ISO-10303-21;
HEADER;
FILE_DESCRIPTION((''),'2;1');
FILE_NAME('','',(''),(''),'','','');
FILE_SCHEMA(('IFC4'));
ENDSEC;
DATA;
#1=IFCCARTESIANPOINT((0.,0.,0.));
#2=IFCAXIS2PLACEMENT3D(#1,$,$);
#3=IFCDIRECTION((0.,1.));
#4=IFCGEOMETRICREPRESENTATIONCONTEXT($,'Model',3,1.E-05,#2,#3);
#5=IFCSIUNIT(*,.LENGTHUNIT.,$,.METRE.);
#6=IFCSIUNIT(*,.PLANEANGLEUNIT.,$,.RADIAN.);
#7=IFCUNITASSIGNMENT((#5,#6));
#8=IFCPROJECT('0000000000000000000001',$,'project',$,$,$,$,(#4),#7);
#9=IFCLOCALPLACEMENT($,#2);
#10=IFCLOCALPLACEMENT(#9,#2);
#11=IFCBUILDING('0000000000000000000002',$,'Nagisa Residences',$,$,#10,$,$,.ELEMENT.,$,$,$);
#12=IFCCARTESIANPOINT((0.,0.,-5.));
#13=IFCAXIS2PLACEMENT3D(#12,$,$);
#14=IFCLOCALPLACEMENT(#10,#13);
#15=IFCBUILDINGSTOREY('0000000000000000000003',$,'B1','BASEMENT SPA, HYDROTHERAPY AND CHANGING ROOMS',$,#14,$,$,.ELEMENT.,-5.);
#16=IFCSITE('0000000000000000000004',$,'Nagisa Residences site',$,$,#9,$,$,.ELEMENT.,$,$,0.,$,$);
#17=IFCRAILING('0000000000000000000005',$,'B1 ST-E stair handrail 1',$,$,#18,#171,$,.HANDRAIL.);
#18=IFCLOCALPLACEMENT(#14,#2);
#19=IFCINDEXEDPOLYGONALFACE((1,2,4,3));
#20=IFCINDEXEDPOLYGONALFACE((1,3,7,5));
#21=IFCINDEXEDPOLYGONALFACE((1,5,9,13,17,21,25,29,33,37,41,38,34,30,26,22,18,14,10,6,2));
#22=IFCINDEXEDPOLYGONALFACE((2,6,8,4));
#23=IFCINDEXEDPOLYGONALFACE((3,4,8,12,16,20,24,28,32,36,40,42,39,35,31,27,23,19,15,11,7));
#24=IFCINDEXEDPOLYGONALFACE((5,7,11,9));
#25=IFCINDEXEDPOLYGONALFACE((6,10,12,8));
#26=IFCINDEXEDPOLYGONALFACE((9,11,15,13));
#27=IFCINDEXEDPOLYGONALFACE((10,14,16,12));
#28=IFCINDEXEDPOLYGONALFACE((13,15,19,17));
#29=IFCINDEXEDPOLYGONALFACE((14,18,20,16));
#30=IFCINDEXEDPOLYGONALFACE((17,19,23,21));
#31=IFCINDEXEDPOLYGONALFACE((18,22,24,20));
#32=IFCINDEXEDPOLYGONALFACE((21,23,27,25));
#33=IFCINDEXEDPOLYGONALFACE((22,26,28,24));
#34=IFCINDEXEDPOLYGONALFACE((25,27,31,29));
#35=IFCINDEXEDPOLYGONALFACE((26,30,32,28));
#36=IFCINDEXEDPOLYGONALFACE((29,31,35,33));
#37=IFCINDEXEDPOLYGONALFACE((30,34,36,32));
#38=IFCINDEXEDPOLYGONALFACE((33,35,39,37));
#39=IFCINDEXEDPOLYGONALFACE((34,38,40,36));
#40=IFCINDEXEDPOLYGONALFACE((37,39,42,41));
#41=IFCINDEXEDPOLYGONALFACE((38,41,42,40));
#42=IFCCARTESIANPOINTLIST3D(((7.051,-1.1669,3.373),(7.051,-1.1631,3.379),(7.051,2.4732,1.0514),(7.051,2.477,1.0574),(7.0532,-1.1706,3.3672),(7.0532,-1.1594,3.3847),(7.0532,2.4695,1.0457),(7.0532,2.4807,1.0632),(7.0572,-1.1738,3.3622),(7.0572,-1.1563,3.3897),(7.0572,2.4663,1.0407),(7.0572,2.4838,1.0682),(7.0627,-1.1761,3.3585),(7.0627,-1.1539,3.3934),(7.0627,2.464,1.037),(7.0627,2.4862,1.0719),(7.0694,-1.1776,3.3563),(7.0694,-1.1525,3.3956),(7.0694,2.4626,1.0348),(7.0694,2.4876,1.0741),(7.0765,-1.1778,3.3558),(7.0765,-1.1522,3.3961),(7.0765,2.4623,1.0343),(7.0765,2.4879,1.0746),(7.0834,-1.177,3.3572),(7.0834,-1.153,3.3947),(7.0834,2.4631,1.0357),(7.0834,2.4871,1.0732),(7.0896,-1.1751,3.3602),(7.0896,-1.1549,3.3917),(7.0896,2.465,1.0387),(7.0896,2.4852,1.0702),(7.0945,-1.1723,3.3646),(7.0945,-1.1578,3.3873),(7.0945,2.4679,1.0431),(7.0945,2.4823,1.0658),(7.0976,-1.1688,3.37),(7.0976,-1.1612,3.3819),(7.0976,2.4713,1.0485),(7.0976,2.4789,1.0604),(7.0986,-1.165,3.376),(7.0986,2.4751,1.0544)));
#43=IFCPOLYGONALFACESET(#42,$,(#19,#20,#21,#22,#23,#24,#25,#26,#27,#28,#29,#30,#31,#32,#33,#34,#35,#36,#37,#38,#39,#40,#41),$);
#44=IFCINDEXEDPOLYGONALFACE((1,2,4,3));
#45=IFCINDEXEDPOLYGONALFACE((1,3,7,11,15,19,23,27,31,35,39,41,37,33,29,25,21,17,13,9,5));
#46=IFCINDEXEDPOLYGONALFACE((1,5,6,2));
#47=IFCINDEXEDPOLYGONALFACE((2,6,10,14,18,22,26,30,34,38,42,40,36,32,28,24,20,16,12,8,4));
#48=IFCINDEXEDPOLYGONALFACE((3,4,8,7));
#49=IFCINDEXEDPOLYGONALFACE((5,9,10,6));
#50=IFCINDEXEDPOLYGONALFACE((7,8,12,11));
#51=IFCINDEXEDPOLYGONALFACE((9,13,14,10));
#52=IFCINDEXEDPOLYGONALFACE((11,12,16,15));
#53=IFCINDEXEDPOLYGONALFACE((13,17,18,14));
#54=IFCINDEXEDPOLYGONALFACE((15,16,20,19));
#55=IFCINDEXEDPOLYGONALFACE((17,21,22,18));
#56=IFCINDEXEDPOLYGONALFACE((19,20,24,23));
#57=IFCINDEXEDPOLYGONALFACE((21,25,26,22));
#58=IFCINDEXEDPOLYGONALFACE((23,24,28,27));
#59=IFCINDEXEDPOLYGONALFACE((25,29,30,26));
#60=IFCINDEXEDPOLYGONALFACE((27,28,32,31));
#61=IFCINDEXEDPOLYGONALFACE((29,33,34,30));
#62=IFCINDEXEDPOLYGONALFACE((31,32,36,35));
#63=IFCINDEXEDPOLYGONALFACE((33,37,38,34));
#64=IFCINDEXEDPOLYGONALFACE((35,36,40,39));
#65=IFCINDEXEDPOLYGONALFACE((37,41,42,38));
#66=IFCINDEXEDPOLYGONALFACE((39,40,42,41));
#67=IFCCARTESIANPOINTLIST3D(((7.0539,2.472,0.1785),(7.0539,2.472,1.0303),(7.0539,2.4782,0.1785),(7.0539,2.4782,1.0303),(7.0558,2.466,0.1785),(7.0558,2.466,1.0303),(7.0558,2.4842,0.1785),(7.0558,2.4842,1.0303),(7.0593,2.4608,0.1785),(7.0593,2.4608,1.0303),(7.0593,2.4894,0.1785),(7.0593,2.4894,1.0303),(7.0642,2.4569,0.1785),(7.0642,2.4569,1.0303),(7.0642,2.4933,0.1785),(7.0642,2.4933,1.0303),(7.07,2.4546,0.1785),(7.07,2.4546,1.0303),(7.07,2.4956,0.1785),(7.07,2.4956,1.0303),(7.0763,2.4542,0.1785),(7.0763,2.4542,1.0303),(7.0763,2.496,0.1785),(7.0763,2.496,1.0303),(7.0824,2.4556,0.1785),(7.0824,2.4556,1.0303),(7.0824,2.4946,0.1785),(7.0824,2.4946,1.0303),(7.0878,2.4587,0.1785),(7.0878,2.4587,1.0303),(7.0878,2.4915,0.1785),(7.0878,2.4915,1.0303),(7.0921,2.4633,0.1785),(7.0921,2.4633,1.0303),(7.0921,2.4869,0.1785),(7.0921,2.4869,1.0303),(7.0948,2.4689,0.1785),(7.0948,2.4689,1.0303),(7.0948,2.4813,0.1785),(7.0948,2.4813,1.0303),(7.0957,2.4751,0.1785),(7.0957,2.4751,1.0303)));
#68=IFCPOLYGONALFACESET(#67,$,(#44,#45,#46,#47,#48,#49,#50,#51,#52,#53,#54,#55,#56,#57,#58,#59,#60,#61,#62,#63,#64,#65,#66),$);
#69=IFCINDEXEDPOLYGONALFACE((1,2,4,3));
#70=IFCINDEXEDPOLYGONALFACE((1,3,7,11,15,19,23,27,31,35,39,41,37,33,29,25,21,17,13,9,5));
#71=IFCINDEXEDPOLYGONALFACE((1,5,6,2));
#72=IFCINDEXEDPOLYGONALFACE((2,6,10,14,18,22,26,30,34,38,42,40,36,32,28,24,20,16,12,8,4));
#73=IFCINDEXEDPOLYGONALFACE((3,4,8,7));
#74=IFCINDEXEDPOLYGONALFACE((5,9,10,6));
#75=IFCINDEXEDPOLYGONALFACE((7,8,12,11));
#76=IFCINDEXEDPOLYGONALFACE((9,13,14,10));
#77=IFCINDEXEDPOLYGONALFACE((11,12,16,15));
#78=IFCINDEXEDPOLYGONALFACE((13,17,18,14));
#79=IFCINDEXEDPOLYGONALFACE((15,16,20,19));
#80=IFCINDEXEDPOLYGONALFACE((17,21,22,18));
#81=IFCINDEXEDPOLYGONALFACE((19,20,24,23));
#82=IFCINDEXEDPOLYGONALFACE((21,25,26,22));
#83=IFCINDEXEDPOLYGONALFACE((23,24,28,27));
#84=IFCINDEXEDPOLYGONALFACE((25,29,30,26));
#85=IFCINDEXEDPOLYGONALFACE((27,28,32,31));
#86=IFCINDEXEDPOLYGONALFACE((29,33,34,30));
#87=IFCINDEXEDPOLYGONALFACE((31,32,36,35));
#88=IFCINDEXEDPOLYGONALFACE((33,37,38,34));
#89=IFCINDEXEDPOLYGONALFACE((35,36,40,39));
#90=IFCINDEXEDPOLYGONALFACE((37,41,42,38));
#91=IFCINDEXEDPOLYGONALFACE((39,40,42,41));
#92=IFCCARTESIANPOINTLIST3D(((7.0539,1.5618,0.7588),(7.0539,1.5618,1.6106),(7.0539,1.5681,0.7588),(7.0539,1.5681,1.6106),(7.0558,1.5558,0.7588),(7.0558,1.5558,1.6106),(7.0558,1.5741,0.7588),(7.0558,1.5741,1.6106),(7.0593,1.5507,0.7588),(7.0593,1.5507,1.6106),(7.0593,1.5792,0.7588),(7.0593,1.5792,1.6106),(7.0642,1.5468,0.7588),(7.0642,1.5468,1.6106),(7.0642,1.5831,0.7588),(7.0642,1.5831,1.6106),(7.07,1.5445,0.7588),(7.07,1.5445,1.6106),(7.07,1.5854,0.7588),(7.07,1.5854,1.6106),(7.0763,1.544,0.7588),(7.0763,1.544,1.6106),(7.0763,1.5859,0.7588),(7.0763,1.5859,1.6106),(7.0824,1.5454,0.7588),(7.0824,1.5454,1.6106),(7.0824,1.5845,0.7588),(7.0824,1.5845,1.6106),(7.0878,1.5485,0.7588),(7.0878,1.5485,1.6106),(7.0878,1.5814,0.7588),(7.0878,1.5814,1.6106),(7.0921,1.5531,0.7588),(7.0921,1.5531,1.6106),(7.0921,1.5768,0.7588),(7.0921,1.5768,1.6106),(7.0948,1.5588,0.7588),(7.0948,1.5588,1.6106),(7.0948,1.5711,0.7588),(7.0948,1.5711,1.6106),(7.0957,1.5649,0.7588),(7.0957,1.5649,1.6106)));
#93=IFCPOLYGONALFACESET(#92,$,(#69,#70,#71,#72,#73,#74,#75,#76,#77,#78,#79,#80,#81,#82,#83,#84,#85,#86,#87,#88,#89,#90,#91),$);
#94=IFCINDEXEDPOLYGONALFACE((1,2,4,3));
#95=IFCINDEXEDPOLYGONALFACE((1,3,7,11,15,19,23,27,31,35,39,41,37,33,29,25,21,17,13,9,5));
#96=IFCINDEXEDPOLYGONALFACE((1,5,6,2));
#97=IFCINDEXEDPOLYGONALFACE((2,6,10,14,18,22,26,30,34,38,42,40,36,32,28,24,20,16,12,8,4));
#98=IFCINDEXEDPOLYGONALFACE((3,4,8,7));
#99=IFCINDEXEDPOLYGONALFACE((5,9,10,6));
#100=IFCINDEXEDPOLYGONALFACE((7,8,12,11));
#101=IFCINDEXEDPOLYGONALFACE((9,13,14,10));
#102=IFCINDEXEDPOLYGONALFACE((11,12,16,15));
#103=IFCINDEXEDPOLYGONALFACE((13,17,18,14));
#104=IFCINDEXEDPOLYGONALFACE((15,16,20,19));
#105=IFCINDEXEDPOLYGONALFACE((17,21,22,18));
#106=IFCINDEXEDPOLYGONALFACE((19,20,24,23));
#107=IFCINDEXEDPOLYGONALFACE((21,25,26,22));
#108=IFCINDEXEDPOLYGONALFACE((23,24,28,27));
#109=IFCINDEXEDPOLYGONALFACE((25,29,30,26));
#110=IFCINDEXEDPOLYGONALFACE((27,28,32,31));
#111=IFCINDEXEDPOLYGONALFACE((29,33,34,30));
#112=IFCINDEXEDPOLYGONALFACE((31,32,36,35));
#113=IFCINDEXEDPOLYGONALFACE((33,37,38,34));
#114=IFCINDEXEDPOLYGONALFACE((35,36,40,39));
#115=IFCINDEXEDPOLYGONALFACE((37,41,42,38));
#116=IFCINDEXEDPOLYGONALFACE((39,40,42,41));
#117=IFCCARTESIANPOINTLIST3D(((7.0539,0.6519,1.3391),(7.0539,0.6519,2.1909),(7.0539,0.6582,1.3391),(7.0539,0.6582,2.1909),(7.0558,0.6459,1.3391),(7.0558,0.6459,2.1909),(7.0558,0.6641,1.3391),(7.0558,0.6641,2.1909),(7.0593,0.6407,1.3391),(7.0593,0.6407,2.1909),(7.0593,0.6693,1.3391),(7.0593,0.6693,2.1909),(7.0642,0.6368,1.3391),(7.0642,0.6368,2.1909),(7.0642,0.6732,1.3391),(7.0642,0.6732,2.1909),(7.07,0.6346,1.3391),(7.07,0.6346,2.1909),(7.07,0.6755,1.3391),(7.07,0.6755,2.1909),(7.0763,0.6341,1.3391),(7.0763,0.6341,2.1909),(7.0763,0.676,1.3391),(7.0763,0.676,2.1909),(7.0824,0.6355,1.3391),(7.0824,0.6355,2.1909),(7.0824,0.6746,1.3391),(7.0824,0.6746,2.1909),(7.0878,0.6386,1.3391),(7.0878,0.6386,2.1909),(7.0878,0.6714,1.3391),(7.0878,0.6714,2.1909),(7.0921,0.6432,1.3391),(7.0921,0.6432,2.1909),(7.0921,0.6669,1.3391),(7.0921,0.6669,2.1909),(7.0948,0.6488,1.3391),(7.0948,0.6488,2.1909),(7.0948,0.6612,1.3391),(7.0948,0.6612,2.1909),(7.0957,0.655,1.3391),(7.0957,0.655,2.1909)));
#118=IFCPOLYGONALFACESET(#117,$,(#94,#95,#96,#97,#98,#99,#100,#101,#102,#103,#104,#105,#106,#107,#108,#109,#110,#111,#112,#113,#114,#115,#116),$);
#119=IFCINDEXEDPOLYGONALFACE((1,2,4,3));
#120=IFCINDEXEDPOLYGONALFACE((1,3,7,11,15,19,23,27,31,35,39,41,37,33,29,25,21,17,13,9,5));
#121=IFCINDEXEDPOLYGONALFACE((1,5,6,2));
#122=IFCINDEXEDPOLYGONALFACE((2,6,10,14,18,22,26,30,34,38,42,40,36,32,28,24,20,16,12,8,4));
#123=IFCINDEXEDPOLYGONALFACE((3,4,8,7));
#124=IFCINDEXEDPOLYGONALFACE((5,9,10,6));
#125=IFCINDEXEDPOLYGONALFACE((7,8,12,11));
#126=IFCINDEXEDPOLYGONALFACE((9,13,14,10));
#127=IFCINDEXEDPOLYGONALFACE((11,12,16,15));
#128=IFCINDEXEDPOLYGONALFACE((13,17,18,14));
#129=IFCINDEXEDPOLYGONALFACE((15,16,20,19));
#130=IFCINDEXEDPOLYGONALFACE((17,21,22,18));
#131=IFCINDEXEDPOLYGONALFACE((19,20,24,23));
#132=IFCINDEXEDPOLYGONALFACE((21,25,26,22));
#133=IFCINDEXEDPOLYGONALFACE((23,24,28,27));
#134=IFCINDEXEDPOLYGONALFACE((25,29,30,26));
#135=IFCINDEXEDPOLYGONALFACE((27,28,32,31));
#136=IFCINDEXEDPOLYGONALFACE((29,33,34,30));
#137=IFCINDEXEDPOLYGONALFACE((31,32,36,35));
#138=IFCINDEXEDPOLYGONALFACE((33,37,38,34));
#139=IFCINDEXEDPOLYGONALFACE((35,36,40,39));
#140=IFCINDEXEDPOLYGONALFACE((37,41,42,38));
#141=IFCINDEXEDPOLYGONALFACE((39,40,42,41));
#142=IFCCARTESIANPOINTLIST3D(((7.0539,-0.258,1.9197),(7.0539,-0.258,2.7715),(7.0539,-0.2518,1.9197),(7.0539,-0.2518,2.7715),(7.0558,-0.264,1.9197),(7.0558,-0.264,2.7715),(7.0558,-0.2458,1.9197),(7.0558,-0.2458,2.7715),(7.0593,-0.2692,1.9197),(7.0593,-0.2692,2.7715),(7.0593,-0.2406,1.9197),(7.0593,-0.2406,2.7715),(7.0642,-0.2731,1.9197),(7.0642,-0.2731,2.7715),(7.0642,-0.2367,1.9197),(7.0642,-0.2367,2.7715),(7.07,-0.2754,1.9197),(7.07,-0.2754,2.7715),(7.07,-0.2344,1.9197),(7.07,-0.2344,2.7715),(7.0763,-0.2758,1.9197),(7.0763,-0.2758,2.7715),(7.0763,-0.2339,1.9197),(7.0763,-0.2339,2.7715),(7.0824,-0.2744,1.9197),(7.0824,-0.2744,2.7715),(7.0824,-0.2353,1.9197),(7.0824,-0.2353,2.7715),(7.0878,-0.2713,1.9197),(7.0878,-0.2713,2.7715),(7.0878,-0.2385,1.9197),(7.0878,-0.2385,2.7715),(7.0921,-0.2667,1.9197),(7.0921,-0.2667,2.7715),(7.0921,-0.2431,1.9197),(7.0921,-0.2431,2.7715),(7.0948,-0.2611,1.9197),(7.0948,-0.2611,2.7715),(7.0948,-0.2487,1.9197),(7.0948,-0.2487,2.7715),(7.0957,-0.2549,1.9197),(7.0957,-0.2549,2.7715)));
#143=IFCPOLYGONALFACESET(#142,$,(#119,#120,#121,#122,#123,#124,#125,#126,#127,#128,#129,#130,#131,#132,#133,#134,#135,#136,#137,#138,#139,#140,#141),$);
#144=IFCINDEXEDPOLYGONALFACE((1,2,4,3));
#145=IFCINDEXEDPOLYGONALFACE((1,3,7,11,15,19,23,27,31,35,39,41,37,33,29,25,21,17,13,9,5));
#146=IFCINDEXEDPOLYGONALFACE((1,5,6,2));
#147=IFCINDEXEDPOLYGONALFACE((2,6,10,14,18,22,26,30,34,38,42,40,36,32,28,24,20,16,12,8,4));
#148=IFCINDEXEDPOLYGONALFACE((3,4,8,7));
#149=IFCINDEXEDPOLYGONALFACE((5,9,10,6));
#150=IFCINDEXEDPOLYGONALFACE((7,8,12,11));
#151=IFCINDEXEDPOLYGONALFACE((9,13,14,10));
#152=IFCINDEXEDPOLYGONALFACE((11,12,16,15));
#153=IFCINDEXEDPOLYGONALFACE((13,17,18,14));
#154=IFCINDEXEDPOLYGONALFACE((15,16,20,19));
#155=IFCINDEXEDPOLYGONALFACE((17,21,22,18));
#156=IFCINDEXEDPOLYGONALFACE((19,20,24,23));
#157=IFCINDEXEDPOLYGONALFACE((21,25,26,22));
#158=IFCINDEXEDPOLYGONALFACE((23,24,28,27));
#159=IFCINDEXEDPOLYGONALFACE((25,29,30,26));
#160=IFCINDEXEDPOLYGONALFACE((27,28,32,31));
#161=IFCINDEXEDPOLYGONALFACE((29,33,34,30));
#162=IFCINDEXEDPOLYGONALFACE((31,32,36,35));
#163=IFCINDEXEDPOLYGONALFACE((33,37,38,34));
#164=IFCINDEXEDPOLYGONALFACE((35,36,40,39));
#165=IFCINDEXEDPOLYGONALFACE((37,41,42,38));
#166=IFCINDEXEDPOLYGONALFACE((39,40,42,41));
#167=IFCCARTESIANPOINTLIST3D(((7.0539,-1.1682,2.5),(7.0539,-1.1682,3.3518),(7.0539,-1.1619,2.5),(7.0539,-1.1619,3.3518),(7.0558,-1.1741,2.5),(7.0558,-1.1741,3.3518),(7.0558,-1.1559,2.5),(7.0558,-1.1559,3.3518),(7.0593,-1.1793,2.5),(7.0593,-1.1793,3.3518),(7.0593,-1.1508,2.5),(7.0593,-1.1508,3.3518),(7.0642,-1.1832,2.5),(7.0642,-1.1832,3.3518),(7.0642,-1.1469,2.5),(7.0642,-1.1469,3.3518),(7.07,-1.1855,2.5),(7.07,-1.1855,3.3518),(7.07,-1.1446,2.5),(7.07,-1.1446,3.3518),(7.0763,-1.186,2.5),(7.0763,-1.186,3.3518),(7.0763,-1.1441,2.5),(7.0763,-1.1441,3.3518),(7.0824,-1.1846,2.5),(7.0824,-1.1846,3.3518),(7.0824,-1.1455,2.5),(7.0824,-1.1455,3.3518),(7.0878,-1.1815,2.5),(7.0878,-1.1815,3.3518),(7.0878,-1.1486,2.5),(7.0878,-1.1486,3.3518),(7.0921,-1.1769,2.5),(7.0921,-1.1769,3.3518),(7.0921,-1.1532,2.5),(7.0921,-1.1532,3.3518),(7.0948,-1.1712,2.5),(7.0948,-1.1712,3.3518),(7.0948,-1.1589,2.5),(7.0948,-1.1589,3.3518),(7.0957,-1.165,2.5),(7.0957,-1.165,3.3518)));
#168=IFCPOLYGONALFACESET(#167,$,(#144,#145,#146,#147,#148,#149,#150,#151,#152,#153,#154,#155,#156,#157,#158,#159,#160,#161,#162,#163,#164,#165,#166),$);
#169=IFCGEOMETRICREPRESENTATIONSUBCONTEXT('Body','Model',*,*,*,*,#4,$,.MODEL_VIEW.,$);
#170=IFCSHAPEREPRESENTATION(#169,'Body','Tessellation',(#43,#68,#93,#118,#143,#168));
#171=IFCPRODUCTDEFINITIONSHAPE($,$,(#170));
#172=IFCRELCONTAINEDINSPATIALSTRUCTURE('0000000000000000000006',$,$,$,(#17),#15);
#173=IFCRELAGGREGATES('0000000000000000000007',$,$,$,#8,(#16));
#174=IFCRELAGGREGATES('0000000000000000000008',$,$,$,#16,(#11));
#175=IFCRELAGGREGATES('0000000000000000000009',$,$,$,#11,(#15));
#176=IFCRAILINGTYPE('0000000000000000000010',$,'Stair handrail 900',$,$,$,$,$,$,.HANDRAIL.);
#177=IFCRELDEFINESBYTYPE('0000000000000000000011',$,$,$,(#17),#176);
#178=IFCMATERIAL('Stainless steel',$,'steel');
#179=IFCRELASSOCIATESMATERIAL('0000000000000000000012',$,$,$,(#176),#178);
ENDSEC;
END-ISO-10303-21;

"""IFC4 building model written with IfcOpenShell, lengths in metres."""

from ifc_helpers import new_model, si_unit, direction, frame, origin, origin_2d, place, context, subcontext, project, spatial, circle, extrude, material, type_object, element, save


model = new_model("IFC4")

# Units and contexts
model_context = context("Model", 3, precision=1e-05, world=origin(), true_north=direction((0.0, 1.0)))
body_context = subcontext(model_context, "Body", "Model", "MODEL_VIEW")
ifc_project = project(units=[si_unit("LENGTHUNIT", "METRE"), si_unit("PLANEANGLEUNIT", "RADIAN")], contexts=[model_context])

# Site, building, storey
site_placement = place(None, origin())
site = spatial("IfcSite", under=ifc_project, at=site_placement, Name="Nagisa Residences site", CompositionType="ELEMENT", RefElevation=0.0)
building_placement = place(site_placement, origin())
building = spatial("IfcBuilding", under=site, at=building_placement, Name="Nagisa Residences", CompositionType="ELEMENT")
storey_placement = place(building_placement, frame((0.0, 0.0, -5.0)))
storey = spatial("IfcBuildingStorey", under=building, at=storey_placement, Name="B1", Description="BASEMENT SPA, HYDROTHERAPY AND CHANGING ROOMS", CompositionType="ELEMENT", Elevation=-5.0)

# Railing
ifc_material_1 = material(Name="Stainless steel", Category="steel")
railing_type_1 = type_object("IfcRailingType", Name="Stair handrail 900", PredefinedType="HANDRAIL", material=ifc_material_1)
railing_1_placement = place(storey_placement, frame((7.0747, 2.4751, 0.1785)))
element("IfcRailing", 1, at=railing_1_placement, inside=storey, type_object=railing_type_1, Name="B1 ST-E stair handrail 1", PredefinedType="HANDRAIL", context=body_context, shape_type="SweptSolid", body=[
    extrude(circle(Radius=0.0239, at=origin_2d()), frame((0.0, 0.0, 0.876), z_axis=(0.0, -0.843128, 0.537713), x_axis=(1.0, 0.0, 0.0)), (0.0, 0.0, 1.0), 4.3174),
    extrude(circle(Radius=0.021, at=origin_2d()), origin(), (0.0, 0.0, 1.0), 0.8518),
    extrude(circle(Radius=0.021, at=origin_2d()), frame((0.0, -0.9102, 0.5803)), (0.0, 0.0, 1.0), 0.8518),
    extrude(circle(Radius=0.021, at=origin_2d()), frame((0.0, -1.8201, 1.1606)), (0.0, 0.0, 1.0), 0.8518),
    extrude(circle(Radius=0.021, at=origin_2d()), frame((0.0, -2.73, 1.7412)), (0.0, 0.0, 1.0), 0.8518),
    extrude(circle(Radius=0.021, at=origin_2d()), frame((0.0, -3.6401, 2.3215)), (0.0, 0.0, 1.0), 0.8518),
])

save(model, "model.ifc")
